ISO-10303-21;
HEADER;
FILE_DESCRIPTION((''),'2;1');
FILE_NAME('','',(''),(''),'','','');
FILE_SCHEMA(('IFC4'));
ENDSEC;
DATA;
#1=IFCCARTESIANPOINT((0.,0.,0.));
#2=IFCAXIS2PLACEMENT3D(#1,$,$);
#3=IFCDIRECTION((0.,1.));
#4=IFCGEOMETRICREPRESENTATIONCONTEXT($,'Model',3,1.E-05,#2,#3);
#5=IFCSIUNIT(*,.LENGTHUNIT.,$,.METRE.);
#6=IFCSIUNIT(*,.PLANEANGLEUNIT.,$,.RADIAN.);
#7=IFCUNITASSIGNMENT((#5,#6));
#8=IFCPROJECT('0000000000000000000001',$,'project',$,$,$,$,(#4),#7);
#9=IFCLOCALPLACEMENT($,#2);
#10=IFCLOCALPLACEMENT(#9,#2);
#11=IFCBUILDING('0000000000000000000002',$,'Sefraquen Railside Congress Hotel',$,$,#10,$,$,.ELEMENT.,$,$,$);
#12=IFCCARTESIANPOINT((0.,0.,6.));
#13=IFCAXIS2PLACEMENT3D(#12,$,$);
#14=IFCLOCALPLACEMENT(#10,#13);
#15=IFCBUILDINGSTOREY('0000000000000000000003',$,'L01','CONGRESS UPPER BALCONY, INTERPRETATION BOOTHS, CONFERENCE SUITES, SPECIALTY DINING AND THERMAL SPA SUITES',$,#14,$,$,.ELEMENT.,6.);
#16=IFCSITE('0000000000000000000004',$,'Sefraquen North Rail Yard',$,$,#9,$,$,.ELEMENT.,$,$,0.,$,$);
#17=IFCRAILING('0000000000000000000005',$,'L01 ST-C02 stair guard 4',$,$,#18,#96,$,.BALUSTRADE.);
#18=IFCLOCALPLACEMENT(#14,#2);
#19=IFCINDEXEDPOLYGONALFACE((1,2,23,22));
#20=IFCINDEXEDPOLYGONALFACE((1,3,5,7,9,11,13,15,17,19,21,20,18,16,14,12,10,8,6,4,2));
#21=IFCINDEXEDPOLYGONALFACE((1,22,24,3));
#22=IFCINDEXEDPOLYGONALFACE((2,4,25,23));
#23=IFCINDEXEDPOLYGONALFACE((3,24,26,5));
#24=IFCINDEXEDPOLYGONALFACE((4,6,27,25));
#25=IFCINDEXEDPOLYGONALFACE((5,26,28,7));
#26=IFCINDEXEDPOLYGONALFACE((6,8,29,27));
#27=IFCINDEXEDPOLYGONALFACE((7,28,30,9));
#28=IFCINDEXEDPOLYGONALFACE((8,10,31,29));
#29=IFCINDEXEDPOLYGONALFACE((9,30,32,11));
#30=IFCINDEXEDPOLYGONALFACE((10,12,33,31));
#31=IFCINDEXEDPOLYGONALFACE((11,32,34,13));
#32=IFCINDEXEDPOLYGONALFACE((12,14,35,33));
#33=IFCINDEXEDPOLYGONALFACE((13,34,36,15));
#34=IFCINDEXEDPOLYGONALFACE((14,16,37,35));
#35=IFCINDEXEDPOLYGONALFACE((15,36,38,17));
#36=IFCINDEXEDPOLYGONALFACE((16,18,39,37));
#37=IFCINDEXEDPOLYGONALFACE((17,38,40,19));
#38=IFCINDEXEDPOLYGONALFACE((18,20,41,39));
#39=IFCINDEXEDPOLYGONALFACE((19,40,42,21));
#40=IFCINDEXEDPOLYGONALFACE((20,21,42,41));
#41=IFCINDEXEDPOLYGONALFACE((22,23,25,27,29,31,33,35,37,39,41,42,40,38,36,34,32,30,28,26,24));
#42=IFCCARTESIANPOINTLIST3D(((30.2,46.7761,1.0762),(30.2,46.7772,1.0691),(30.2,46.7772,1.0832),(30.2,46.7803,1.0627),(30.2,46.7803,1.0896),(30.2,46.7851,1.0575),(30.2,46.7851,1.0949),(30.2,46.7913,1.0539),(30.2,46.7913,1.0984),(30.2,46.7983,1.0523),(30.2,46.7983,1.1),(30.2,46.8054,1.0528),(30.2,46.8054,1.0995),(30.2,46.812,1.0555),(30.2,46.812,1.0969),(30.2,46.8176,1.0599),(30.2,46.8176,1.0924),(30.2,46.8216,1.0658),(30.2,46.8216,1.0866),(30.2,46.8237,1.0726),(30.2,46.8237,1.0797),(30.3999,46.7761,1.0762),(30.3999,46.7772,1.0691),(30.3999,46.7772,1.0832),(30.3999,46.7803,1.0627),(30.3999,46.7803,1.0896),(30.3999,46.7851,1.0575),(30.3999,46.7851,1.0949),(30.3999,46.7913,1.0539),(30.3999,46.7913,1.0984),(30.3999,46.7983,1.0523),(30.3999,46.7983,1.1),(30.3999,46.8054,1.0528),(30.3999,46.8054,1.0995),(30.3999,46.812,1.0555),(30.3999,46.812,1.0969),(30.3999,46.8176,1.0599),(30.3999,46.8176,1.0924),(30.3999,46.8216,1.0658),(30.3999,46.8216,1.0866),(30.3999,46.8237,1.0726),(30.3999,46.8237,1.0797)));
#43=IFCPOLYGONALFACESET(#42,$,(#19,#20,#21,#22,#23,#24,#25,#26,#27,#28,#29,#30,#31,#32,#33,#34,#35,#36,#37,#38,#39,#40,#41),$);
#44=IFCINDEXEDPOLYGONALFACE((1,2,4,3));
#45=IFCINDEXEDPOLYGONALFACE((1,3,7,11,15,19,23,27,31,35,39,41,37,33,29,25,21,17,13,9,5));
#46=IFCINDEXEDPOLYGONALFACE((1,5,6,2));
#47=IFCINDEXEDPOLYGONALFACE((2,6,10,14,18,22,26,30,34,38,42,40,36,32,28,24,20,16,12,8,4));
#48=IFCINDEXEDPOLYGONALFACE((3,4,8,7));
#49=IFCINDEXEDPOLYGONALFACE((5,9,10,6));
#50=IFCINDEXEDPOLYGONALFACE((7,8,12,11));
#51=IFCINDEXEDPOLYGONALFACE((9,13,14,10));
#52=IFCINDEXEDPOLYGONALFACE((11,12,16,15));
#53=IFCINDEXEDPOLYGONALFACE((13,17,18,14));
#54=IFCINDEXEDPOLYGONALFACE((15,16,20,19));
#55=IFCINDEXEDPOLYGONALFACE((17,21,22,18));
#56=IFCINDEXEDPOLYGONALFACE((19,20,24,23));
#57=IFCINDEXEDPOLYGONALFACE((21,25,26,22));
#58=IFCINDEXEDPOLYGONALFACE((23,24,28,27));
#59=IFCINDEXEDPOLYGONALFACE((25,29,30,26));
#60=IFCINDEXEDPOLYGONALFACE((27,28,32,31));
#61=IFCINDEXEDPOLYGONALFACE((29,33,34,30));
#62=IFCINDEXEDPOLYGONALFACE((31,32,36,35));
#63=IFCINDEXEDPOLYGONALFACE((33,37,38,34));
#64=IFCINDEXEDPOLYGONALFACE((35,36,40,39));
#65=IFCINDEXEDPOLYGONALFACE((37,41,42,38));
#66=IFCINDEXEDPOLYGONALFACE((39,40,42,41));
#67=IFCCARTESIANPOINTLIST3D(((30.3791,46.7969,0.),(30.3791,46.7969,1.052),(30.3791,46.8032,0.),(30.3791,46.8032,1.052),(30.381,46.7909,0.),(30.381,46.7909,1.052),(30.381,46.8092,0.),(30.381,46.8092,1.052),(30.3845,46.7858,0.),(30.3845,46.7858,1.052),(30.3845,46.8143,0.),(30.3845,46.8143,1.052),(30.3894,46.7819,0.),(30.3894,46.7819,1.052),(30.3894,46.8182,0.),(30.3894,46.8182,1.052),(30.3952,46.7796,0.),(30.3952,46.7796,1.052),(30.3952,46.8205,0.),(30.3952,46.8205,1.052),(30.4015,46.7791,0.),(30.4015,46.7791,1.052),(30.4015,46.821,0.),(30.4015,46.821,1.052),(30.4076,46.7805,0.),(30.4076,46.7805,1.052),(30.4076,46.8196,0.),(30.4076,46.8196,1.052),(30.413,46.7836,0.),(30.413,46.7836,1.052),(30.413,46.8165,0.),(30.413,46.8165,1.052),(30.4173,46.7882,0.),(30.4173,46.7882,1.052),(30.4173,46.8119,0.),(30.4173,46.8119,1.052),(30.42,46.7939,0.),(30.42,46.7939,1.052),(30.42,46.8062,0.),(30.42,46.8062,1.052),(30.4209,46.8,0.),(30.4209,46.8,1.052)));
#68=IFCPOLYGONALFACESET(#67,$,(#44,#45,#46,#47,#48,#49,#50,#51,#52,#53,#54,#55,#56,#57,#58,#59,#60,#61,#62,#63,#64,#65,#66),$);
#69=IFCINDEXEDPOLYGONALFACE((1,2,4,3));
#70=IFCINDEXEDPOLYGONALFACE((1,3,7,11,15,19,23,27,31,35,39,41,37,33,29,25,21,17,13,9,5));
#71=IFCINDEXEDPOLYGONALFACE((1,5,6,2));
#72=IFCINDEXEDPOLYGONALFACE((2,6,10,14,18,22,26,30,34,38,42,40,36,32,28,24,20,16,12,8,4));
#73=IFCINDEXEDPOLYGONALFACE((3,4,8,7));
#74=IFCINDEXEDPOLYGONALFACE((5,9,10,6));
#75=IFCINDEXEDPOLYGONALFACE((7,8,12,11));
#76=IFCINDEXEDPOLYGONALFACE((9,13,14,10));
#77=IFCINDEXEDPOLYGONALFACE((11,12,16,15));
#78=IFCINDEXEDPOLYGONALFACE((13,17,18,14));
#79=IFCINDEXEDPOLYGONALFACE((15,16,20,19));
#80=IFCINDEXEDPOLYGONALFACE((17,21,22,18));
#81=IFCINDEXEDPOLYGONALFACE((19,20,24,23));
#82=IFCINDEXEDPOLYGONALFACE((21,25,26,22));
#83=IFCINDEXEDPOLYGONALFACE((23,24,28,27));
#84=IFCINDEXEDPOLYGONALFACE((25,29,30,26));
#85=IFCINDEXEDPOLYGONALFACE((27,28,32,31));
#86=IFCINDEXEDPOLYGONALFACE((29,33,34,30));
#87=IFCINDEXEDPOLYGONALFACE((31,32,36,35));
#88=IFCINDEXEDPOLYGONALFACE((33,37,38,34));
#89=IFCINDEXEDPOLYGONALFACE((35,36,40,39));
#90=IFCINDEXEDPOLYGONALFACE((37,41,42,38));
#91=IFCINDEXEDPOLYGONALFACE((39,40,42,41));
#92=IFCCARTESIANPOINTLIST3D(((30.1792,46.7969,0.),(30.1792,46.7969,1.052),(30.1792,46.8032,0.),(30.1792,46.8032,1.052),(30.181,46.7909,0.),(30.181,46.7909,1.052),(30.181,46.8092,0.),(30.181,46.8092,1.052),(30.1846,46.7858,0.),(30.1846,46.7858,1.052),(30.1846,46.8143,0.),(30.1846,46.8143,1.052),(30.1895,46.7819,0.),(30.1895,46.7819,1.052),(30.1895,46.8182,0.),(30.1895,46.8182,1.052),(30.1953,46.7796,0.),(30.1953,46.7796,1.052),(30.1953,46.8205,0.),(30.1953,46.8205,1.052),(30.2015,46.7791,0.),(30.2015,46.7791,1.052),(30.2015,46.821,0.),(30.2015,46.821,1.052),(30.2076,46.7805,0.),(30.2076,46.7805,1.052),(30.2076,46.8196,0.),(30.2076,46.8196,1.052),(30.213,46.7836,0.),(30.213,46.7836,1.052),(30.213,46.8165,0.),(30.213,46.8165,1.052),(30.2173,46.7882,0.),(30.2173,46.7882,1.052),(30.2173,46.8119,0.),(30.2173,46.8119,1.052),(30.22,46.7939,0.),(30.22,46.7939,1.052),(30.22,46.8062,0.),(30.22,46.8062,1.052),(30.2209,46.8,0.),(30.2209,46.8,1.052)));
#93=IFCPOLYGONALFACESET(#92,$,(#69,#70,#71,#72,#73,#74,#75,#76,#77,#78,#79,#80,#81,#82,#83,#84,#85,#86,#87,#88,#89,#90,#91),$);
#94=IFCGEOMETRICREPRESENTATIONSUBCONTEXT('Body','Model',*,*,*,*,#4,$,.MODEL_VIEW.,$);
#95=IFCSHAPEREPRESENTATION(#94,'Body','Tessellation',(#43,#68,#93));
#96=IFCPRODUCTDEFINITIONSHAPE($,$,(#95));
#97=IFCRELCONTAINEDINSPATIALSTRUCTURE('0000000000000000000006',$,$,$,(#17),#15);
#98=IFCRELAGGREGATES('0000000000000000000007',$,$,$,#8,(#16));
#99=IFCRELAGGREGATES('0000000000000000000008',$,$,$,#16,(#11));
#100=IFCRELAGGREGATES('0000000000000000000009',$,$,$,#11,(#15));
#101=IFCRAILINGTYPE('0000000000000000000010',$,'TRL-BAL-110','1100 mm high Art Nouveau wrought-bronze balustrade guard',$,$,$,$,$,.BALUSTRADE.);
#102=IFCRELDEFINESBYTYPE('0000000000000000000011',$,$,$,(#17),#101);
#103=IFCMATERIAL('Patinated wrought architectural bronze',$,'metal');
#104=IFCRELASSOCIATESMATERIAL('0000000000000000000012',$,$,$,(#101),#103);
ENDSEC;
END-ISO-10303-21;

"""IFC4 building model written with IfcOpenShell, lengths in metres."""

from ifc_helpers import new_model, si_unit, direction, frame, origin, origin_2d, place, context, subcontext, project, spatial, circle, extrude, material, type_object, element, save


model = new_model("IFC4")

# Units and contexts
model_context = context("Model", 3, precision=1e-05, world=origin(), true_north=direction((0.0, 1.0)))
body_context = subcontext(model_context, "Body", "Model", "MODEL_VIEW")
ifc_project = project(units=[si_unit("LENGTHUNIT", "METRE"), si_unit("PLANEANGLEUNIT", "RADIAN")], contexts=[model_context])

# Site, building, storey
site_placement = place(None, origin())
site = spatial("IfcSite", under=ifc_project, at=site_placement, Name="Sefraquen North Rail Yard", CompositionType="ELEMENT", RefElevation=0.0)
building_placement = place(site_placement, origin())
building = spatial("IfcBuilding", under=site, at=building_placement, Name="Sefraquen Railside Congress Hotel", CompositionType="ELEMENT")
storey_placement = place(building_placement, frame((0.0, 0.0, 6.0)))
storey = spatial("IfcBuildingStorey", under=building, at=storey_placement, Name="L01", Description="CONGRESS UPPER BALCONY, INTERPRETATION BOOTHS, CONFERENCE SUITES, SPECIALTY DINING AND THERMAL SPA SUITES", CompositionType="ELEMENT", Elevation=6.0)

# Railing
ifc_material_1 = material(Name="Patinated wrought architectural bronze", Category="metal")
railing_type_1 = type_object("IfcRailingType", Name="TRL-BAL-110", Description="1100 mm high Art Nouveau wrought-bronze balustrade guard", PredefinedType="BALUSTRADE", material=ifc_material_1)
railing_1_placement = place(storey_placement, frame((30.3999, 46.8, 0.0)))
element("IfcRailing", 1, at=railing_1_placement, inside=storey, type_object=railing_type_1, Name="L01 ST-C02 stair guard 4", PredefinedType="BALUSTRADE", context=body_context, shape_type="SweptSolid", body=[
    extrude(circle(Radius=0.0239, at=origin_2d()), frame((0.0, 0.0, 1.0762), z_axis=(-1.0, 0.0, 0.0), x_axis=(0.0, -1.0, 0.0)), (0.0, 0.0, 1.0), 0.2),
    extrude(circle(Radius=0.021, at=origin_2d()), origin(), (0.0, 0.0, 1.0), 1.052),
    extrude(circle(Radius=0.021, at=origin_2d()), frame((-0.2, 0.0, 0.0)), (0.0, 0.0, 1.0), 1.052),
])

save(model, "model.ifc")
